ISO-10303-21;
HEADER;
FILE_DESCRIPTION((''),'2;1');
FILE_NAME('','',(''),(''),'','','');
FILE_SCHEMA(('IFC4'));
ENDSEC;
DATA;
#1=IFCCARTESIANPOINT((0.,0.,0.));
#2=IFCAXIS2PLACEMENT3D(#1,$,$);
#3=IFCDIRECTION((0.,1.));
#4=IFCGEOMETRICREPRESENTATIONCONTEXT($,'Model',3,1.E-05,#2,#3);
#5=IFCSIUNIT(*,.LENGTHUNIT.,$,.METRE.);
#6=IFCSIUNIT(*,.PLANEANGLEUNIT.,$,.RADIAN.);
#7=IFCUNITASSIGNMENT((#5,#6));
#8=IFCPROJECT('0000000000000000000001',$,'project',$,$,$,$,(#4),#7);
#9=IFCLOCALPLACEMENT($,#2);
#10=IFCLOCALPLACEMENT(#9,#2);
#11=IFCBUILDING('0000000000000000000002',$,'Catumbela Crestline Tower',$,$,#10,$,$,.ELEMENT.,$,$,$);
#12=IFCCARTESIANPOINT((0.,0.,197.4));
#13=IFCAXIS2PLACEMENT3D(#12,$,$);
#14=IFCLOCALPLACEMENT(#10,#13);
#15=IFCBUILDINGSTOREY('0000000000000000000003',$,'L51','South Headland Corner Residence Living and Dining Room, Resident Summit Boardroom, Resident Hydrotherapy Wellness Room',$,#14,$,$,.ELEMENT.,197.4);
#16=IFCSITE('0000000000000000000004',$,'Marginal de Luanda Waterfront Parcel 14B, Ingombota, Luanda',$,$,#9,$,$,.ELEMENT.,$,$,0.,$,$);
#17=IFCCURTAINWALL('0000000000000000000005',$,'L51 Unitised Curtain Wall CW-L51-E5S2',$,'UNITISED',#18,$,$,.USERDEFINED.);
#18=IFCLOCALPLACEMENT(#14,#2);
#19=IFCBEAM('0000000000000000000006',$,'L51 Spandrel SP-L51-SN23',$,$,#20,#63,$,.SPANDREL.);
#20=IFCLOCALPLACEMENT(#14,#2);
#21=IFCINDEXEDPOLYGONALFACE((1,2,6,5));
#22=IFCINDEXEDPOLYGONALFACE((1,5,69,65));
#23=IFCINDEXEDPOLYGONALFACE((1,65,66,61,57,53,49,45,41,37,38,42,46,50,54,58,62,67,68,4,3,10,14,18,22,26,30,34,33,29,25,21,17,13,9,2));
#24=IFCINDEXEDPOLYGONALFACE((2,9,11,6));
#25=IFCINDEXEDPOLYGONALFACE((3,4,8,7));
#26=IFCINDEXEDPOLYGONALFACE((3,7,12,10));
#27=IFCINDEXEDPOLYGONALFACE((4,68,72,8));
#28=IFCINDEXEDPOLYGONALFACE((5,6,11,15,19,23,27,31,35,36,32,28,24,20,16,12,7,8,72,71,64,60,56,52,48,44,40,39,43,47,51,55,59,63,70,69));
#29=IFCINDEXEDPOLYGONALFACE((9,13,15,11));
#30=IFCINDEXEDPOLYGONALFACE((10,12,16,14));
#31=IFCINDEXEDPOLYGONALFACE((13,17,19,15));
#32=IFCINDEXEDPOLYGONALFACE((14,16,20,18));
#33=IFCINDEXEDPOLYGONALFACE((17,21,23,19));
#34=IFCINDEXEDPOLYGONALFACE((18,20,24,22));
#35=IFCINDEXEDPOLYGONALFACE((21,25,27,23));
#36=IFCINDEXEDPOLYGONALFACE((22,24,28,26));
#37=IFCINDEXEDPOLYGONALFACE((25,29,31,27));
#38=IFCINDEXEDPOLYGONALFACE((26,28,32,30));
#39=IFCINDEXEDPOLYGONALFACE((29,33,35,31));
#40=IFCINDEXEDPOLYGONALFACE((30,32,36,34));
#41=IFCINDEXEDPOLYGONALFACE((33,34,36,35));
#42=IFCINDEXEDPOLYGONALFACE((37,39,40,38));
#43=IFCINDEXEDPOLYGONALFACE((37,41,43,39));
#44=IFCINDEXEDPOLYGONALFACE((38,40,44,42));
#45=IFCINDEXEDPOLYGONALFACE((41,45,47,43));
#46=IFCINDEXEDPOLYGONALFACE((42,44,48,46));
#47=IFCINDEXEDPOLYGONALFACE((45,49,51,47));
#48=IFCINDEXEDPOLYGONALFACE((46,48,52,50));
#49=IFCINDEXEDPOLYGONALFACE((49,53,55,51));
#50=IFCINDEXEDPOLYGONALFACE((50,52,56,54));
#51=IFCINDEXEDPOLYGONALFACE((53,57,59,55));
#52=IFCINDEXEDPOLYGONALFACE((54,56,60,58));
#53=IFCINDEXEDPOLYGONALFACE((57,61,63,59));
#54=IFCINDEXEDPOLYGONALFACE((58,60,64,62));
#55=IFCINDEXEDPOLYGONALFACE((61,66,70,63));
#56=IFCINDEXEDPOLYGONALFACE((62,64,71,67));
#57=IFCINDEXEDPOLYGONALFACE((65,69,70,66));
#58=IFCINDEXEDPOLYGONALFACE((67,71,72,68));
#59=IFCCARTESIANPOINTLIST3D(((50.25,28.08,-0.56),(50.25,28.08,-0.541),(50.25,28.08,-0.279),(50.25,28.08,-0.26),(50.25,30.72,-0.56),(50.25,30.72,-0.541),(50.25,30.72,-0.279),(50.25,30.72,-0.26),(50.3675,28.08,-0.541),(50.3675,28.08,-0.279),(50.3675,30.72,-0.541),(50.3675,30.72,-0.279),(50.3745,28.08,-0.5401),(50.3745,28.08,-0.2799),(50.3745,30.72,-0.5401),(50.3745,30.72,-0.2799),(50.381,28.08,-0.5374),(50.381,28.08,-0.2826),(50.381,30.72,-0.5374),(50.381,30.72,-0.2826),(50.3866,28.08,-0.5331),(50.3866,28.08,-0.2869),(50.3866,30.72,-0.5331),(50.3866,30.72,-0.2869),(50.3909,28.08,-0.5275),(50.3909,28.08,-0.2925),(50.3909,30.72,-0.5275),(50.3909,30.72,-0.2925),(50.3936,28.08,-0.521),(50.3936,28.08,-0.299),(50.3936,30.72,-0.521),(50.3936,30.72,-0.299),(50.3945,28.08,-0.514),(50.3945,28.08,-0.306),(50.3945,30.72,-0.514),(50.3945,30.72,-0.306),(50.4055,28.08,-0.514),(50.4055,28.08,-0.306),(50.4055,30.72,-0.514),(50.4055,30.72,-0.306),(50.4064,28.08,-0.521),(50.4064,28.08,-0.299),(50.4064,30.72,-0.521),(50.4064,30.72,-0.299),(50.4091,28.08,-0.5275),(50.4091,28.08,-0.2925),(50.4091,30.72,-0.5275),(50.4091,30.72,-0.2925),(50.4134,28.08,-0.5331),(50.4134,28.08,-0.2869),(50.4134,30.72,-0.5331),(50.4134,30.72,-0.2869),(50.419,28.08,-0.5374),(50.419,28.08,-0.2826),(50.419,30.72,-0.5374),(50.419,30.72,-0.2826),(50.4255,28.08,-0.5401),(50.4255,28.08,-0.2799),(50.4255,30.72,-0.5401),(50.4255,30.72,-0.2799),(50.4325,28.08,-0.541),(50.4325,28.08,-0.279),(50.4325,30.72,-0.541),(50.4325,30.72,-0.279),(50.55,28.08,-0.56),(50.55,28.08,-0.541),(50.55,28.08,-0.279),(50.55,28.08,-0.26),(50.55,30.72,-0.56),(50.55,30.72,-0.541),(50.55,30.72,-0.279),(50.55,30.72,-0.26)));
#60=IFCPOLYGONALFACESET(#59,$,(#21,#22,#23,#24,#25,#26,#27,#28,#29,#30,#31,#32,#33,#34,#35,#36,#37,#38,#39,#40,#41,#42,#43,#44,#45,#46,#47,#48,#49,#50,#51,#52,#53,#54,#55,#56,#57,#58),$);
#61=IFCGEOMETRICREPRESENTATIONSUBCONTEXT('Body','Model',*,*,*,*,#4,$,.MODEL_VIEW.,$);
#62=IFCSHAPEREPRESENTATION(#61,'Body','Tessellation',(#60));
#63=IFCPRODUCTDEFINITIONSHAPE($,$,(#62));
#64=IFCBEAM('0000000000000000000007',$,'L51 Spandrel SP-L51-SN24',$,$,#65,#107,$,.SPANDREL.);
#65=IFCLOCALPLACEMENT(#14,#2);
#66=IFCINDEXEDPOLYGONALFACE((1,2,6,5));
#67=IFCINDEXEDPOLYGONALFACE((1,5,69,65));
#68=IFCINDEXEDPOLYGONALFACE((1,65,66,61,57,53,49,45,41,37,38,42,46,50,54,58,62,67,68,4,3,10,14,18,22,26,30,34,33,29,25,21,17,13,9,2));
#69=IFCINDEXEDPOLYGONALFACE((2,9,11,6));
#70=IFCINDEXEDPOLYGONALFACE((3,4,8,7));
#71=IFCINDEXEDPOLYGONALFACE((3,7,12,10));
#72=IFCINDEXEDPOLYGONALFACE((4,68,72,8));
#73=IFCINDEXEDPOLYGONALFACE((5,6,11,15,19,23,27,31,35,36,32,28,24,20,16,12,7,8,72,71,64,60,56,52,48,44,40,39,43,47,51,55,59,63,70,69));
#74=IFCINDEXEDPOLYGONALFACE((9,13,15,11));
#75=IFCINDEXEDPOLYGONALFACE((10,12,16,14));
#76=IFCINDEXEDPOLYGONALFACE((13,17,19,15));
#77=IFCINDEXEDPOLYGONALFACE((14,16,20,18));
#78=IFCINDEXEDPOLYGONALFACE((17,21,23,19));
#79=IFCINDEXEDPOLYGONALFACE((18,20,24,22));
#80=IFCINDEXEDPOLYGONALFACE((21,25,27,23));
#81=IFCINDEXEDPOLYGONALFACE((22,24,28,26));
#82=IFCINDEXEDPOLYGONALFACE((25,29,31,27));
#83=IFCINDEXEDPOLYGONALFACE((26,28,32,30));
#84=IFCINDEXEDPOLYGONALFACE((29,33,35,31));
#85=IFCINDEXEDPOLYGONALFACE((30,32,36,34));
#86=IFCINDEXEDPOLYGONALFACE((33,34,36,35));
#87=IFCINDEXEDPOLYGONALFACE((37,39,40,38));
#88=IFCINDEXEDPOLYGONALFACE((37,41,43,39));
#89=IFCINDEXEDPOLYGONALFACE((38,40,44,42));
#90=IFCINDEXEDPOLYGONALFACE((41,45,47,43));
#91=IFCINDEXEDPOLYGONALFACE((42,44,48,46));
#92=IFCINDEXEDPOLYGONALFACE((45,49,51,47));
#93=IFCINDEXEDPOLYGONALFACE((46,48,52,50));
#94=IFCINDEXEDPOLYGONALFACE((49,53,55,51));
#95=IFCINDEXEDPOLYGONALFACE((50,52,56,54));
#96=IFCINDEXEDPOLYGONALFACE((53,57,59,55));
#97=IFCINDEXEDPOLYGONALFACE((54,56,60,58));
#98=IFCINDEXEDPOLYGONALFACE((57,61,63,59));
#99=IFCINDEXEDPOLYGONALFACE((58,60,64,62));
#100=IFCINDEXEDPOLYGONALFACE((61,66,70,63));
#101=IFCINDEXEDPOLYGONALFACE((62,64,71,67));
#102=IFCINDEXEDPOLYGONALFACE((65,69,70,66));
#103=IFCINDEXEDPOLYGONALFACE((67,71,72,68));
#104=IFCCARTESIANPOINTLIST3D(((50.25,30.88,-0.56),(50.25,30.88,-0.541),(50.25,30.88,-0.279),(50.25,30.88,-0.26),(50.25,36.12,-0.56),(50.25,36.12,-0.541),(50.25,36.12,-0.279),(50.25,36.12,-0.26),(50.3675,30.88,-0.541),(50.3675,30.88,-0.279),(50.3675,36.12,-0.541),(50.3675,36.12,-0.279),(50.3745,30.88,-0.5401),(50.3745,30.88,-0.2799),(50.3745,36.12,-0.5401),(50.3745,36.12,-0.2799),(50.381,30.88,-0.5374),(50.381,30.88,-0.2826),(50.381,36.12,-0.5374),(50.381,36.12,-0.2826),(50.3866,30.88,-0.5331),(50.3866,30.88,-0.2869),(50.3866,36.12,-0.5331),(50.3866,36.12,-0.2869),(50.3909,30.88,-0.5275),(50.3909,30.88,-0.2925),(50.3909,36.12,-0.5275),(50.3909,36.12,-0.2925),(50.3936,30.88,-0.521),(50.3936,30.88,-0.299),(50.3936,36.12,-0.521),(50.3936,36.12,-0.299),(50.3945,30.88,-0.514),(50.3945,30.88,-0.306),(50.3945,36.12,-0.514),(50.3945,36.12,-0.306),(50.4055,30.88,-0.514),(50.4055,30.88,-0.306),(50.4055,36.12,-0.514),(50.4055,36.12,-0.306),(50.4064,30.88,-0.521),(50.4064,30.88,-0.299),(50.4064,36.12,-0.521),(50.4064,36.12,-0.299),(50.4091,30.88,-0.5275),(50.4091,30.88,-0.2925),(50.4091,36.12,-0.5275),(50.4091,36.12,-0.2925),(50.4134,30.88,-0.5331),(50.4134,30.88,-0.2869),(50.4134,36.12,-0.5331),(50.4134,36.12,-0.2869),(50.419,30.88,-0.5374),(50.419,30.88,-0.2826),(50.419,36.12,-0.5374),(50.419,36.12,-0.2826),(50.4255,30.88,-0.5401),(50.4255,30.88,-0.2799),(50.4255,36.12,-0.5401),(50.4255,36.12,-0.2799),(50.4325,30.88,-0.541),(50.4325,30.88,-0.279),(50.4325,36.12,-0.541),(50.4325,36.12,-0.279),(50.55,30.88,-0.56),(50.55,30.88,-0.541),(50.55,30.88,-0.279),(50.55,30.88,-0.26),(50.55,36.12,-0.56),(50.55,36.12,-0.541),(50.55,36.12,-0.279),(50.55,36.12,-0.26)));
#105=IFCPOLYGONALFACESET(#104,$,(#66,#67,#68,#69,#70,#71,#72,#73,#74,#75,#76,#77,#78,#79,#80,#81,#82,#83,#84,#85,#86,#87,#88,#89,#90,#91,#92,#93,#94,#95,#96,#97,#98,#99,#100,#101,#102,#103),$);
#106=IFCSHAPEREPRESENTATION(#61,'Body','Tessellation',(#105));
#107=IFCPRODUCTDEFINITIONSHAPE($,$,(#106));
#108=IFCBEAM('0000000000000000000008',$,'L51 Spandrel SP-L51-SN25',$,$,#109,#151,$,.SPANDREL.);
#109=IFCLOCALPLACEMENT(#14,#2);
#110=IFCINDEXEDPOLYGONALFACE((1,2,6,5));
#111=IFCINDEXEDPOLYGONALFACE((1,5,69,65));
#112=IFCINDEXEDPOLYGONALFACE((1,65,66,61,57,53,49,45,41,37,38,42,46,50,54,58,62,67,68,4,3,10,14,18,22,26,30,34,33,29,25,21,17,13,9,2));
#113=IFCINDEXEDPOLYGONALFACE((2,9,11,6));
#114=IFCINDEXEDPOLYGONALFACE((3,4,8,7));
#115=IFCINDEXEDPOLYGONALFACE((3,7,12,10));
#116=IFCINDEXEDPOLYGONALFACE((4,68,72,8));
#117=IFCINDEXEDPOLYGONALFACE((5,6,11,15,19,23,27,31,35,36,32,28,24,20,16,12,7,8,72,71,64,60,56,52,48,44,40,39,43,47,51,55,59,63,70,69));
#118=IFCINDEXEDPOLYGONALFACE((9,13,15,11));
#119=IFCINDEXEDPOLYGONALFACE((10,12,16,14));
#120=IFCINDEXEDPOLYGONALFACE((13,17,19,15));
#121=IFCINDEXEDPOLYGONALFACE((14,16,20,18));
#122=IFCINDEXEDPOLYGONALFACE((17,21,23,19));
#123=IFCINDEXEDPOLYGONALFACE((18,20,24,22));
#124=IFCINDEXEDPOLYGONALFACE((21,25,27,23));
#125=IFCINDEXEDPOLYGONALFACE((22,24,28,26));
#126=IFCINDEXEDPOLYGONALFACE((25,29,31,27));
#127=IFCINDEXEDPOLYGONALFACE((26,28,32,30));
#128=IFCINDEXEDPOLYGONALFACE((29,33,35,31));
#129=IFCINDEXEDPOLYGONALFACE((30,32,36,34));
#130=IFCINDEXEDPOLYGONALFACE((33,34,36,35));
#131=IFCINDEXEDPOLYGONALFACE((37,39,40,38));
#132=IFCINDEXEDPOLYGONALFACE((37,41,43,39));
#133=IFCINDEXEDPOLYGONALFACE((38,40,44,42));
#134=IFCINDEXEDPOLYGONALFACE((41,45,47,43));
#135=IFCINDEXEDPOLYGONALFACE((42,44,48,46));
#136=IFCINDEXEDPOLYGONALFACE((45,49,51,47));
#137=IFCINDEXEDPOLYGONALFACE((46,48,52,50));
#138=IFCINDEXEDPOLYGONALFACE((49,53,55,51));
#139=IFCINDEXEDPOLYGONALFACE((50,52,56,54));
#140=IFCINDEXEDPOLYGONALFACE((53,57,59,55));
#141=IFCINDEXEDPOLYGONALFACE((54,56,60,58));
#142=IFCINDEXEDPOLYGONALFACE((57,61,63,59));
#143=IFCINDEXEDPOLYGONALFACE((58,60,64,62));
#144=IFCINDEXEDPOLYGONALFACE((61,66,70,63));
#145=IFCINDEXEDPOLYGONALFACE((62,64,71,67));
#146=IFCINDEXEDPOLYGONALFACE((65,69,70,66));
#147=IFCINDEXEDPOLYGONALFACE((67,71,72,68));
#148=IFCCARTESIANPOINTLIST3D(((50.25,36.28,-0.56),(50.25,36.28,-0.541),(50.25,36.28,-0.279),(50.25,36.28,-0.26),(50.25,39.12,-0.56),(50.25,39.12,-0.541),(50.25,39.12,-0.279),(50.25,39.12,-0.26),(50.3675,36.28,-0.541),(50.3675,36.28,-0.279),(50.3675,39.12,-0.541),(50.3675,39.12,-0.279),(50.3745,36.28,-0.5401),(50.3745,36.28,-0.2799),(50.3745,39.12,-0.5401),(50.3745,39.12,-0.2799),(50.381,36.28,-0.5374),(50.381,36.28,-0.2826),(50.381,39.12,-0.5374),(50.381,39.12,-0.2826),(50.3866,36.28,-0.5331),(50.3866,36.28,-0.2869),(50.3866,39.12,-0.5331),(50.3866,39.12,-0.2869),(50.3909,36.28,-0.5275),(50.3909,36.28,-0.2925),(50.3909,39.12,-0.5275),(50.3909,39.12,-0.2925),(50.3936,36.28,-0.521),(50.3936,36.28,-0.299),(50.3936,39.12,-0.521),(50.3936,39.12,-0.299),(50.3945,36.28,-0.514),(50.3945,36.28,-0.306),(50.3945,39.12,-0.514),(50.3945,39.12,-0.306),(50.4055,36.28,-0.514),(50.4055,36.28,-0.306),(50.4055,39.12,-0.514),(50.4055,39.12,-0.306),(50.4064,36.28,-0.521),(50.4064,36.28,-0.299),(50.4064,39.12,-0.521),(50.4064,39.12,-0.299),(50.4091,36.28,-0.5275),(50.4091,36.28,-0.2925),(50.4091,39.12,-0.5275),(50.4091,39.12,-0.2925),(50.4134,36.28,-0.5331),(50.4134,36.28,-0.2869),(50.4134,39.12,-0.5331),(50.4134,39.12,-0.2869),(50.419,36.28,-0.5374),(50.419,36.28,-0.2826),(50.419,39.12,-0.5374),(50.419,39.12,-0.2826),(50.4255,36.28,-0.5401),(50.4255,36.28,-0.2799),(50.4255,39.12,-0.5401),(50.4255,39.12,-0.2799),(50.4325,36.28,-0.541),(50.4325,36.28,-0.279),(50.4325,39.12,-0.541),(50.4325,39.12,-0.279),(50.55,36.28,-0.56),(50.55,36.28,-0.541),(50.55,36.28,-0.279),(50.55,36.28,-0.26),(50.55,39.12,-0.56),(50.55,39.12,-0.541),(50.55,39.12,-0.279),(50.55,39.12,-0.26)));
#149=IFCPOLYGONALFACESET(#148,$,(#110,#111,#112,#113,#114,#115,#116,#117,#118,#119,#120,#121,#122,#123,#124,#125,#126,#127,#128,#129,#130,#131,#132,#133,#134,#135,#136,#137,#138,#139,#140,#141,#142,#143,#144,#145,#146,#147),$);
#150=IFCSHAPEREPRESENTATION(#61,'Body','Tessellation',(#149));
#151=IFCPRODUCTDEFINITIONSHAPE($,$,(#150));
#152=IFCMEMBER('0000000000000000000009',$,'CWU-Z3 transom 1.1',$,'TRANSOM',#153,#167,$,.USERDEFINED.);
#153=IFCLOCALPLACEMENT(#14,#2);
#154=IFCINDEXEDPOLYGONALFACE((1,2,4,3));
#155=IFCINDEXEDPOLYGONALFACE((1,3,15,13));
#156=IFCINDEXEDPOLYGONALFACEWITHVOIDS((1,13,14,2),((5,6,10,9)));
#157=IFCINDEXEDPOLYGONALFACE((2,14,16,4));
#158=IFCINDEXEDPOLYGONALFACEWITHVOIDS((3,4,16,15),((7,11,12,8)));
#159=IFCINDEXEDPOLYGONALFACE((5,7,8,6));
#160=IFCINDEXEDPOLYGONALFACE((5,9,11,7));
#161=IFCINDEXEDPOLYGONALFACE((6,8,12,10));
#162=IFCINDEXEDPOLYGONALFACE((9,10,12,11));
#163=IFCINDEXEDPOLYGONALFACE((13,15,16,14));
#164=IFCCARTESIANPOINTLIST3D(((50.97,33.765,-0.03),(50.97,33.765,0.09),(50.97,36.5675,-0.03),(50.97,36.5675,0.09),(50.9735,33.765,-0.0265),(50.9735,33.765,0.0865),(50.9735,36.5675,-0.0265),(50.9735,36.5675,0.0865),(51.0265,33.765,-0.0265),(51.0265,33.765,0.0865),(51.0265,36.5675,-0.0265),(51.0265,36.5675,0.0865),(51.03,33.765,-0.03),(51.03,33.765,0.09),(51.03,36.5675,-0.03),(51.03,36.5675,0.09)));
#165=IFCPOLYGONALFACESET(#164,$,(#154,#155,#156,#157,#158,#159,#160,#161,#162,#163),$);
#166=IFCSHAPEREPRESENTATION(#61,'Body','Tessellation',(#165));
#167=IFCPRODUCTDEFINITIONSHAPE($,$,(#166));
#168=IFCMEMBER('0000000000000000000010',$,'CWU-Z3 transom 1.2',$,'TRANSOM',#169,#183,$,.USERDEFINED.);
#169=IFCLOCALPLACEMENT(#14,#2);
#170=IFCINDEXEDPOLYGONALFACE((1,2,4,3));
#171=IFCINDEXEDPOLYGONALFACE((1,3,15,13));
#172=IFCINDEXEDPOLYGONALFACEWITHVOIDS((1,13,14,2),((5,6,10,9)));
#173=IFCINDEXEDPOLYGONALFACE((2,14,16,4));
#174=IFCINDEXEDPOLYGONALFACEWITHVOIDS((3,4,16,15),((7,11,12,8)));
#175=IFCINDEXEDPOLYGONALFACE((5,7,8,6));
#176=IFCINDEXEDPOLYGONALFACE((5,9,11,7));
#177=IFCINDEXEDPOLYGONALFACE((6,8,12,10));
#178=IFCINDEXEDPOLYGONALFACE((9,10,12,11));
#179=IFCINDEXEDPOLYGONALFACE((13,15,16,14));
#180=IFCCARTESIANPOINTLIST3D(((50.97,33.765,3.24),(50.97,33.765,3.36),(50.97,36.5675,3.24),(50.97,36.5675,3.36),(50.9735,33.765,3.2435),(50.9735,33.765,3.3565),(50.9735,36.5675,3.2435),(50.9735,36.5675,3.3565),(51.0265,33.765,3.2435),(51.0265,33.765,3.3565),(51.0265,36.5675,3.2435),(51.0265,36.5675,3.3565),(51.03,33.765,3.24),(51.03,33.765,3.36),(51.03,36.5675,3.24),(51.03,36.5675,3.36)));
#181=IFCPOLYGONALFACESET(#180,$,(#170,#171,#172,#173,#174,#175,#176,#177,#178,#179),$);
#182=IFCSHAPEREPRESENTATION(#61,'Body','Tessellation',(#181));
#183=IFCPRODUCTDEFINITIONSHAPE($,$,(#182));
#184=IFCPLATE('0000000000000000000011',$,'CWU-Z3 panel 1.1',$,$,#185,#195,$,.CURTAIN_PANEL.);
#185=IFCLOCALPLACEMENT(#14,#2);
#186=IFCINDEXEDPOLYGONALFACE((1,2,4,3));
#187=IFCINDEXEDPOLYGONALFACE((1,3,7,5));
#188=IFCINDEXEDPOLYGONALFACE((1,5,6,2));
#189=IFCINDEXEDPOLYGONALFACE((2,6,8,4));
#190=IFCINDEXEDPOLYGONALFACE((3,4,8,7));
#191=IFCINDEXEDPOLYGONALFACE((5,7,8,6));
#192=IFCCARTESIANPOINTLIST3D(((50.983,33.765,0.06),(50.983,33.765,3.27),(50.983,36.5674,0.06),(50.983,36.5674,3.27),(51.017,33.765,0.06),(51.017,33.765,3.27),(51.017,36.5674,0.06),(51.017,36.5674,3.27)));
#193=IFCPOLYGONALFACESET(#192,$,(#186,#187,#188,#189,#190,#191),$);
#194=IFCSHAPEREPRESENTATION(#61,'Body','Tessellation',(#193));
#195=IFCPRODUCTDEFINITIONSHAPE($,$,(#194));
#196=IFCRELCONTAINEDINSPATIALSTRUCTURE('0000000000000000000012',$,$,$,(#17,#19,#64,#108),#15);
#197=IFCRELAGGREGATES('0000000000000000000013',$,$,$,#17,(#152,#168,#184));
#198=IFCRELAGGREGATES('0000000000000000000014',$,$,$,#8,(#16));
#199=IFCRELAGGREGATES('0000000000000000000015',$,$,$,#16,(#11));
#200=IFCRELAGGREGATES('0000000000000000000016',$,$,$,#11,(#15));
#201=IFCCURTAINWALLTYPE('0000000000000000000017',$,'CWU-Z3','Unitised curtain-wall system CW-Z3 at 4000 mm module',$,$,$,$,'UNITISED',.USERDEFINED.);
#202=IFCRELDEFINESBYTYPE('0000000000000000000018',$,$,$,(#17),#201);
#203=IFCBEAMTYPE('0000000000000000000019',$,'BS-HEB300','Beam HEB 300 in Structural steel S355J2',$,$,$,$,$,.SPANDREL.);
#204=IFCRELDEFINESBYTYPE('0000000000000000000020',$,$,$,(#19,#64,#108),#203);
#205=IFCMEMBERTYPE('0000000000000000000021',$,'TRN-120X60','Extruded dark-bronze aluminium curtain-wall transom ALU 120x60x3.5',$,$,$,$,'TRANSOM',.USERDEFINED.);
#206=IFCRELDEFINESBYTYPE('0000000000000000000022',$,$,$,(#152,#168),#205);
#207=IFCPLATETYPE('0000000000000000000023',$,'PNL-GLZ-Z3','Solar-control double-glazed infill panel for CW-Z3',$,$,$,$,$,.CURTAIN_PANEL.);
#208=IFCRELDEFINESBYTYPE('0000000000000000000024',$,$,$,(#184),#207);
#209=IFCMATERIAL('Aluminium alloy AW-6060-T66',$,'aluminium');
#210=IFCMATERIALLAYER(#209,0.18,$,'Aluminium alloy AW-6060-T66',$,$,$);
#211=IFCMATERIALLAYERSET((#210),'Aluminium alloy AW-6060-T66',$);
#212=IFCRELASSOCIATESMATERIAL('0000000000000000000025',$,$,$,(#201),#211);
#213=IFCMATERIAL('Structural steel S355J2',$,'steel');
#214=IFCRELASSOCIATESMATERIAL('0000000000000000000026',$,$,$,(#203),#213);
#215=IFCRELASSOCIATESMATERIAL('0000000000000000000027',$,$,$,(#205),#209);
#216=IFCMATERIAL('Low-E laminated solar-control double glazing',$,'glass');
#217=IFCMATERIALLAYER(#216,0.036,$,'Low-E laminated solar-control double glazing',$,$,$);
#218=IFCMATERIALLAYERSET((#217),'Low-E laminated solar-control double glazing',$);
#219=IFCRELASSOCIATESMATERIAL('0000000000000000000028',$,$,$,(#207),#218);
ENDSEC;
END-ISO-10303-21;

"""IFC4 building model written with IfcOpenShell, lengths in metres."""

from ifc_helpers import new_model, si_unit, direction, frame, origin, origin_2d, place, context, subcontext, project, spatial, rectangle, hollow_rectangle, i_section, extrude, material, layer, layer_set, material_profile, profile_set, type_object, element, aggregate, save


model = new_model("IFC4")

# Units and contexts
model_context = context("Model", 3, precision=1e-05, world=origin(), true_north=direction((0.0, 1.0)))
body_context = subcontext(model_context, "Body", "Model", "MODEL_VIEW")
ifc_project = project(units=[si_unit("LENGTHUNIT", "METRE"), si_unit("PLANEANGLEUNIT", "RADIAN")], contexts=[model_context])

# Site, building, storey
site_placement = place(None, origin())
site = spatial("IfcSite", under=ifc_project, at=site_placement, Name="Marginal de Luanda Waterfront Parcel 14B, Ingombota, Luanda", CompositionType="ELEMENT", RefElevation=0.0)
building_placement = place(site_placement, origin())
building = spatial("IfcBuilding", under=site, at=building_placement, Name="Catumbela Crestline Tower", CompositionType="ELEMENT")
storey_placement = place(building_placement, frame((0.0, 0.0, 197.4)))
storey = spatial("IfcBuildingStorey", under=building, at=storey_placement, Name="L51", Description="South Headland Corner Residence Living and Dining Room, Resident Summit Boardroom, Resident Hydrotherapy Wellness Room", CompositionType="ELEMENT", Elevation=197.4)

# Shared definitions
ifc_material_1 = material(Name="Structural steel S355J2", Category="steel")

# Curtain wall
ifc_material_2 = material(Name="Aluminium alloy AW-6060-T66", Category="aluminium")
ifc_layer_1 = layer(ifc_material_2, 0.18, Name="Aluminium alloy AW-6060-T66")
ifc_layer_set_1 = layer_set([ifc_layer_1], Name="Aluminium alloy AW-6060-T66")
curtain_wall_type = type_object("IfcCurtainWallType", Name="CWU-Z3", Description="Unitised curtain-wall system CW-Z3 at 4000 mm module", ElementType="UNITISED", PredefinedType="USERDEFINED", material=ifc_layer_set_1)
curtain_wall_placement = place(storey_placement, origin())
curtain_wall = element("IfcCurtainWall", 1, at=curtain_wall_placement, inside=storey, type_object=curtain_wall_type, Name="L51 Unitised Curtain Wall CW-L51-E5S2", ObjectType="UNITISED", PredefinedType="USERDEFINED")

# Beams
ifc_material_profile_1 = material_profile(ifc_material_1, i_section(OverallWidth=0.3, OverallDepth=0.3, WebThickness=0.011, FlangeThickness=0.019, FilletRadius=0.027, at=origin_2d()), Name="HEB 300")
ifc_profile_set_1 = profile_set([ifc_material_profile_1], Name="Structural steel S355J2")
beam_type_1 = type_object("IfcBeamType", Name="BS-HEB300", Description="Beam HEB 300 in Structural steel S355J2", PredefinedType="SPANDREL", material=ifc_profile_set_1)
beam_1_placement = place(storey_placement, frame((50.4, 28.08, -0.41), z_axis=(0.0, 1.0, 0.0), x_axis=(-1.0, 0.0, 0.0)))
element("IfcBeam", 2, at=beam_1_placement, inside=storey, type_object=beam_type_1, Name="L51 Spandrel SP-L51-SN23", PredefinedType="SPANDREL", context=body_context, shape_type="SweptSolid", body=[
    extrude(i_section(OverallWidth=0.3, OverallDepth=0.3, WebThickness=0.011, FlangeThickness=0.019, FilletRadius=0.027, at=origin_2d()), origin(), (0.0, 0.0, 1.0), 2.64),
])
beam_2_placement = place(storey_placement, frame((50.4, 30.88, -0.41), z_axis=(0.0, 1.0, 0.0), x_axis=(-1.0, 0.0, 0.0)))
element("IfcBeam", 3, at=beam_2_placement, inside=storey, type_object=beam_type_1, Name="L51 Spandrel SP-L51-SN24", PredefinedType="SPANDREL", context=body_context, shape_type="SweptSolid", body=[
    extrude(i_section(OverallWidth=0.3, OverallDepth=0.3, WebThickness=0.011, FlangeThickness=0.019, FilletRadius=0.027, at=origin_2d()), origin(), (0.0, 0.0, 1.0), 5.24),
])
beam_3_placement = place(storey_placement, frame((50.4, 36.28, -0.41), z_axis=(0.0, 1.0, 0.0), x_axis=(-1.0, 0.0, 0.0)))
element("IfcBeam", 4, at=beam_3_placement, inside=storey, type_object=beam_type_1, Name="L51 Spandrel SP-L51-SN25", PredefinedType="SPANDREL", context=body_context, shape_type="SweptSolid", body=[
    extrude(i_section(OverallWidth=0.3, OverallDepth=0.3, WebThickness=0.011, FlangeThickness=0.019, FilletRadius=0.027, at=origin_2d()), origin(), (0.0, 0.0, 1.0), 2.84),
])

# Members
ifc_material_profile_2 = material_profile(ifc_material_2, hollow_rectangle(XDim=0.06, YDim=0.12, WallThickness=0.0035, at=origin_2d()), Name="ALU 120x60x3.5")
ifc_profile_set_2 = profile_set([ifc_material_profile_2], Name="Aluminium alloy AW-6060-T66")
member_type_1 = type_object("IfcMemberType", Name="TRN-120X60", Description="Extruded dark-bronze aluminium curtain-wall transom ALU 120x60x3.5", ElementType="TRANSOM", PredefinedType="USERDEFINED", material=ifc_profile_set_2)
member_1_placement = place(storey_placement, frame((51.0, 33.765, 0.03), z_axis=(0.0, 1.0, 0.0), x_axis=(-1.0, 0.0, 0.0)))
member_1 = element("IfcMember", 5, at=member_1_placement, type_object=member_type_1, Name="CWU-Z3 transom 1.1", ObjectType="TRANSOM", PredefinedType="USERDEFINED", context=body_context, shape_type="SweptSolid", body=[
    extrude(hollow_rectangle(XDim=0.06, YDim=0.12, WallThickness=0.0035, at=origin_2d()), origin(), (0.0, 0.0, 1.0), 2.8025),
])
member_2_placement = place(storey_placement, frame((51.0, 33.765, 3.3), z_axis=(0.0, 1.0, 0.0), x_axis=(-1.0, 0.0, 0.0)))
member_2 = element("IfcMember", 6, at=member_2_placement, type_object=member_type_1, Name="CWU-Z3 transom 1.2", ObjectType="TRANSOM", PredefinedType="USERDEFINED", context=body_context, shape_type="SweptSolid", body=[
    extrude(hollow_rectangle(XDim=0.06, YDim=0.12, WallThickness=0.0035, at=origin_2d()), origin(), (0.0, 0.0, 1.0), 2.8025),
])

# Plate
ifc_material_3 = material(Name="Low-E laminated solar-control double glazing", Category="glass")
ifc_layer_2 = layer(ifc_material_3, 0.036, Name="Low-E laminated solar-control double glazing")
ifc_layer_set_2 = layer_set([ifc_layer_2], Name="Low-E laminated solar-control double glazing")
plate_type = type_object("IfcPlateType", Name="PNL-GLZ-Z3", Description="Solar-control double-glazed infill panel for CW-Z3", PredefinedType="CURTAIN_PANEL", material=ifc_layer_set_2)
plate_placement = place(storey_placement, frame((51.0, 35.1662, 0.06), z_axis=(0.0, 0.0, 1.0), x_axis=(0.0, 1.0, 0.0)))
plate = element("IfcPlate", 7, at=plate_placement, type_object=plate_type, Name="CWU-Z3 panel 1.1", PredefinedType="CURTAIN_PANEL", context=body_context, shape_type="SweptSolid", body=[
    extrude(rectangle(XDim=2.8025, YDim=0.034, at=origin_2d()), origin(), (0.0, 0.0, 1.0), 3.21),
])
aggregate(curtain_wall, [member_1, member_2, plate])

save(model, "model.ifc")
